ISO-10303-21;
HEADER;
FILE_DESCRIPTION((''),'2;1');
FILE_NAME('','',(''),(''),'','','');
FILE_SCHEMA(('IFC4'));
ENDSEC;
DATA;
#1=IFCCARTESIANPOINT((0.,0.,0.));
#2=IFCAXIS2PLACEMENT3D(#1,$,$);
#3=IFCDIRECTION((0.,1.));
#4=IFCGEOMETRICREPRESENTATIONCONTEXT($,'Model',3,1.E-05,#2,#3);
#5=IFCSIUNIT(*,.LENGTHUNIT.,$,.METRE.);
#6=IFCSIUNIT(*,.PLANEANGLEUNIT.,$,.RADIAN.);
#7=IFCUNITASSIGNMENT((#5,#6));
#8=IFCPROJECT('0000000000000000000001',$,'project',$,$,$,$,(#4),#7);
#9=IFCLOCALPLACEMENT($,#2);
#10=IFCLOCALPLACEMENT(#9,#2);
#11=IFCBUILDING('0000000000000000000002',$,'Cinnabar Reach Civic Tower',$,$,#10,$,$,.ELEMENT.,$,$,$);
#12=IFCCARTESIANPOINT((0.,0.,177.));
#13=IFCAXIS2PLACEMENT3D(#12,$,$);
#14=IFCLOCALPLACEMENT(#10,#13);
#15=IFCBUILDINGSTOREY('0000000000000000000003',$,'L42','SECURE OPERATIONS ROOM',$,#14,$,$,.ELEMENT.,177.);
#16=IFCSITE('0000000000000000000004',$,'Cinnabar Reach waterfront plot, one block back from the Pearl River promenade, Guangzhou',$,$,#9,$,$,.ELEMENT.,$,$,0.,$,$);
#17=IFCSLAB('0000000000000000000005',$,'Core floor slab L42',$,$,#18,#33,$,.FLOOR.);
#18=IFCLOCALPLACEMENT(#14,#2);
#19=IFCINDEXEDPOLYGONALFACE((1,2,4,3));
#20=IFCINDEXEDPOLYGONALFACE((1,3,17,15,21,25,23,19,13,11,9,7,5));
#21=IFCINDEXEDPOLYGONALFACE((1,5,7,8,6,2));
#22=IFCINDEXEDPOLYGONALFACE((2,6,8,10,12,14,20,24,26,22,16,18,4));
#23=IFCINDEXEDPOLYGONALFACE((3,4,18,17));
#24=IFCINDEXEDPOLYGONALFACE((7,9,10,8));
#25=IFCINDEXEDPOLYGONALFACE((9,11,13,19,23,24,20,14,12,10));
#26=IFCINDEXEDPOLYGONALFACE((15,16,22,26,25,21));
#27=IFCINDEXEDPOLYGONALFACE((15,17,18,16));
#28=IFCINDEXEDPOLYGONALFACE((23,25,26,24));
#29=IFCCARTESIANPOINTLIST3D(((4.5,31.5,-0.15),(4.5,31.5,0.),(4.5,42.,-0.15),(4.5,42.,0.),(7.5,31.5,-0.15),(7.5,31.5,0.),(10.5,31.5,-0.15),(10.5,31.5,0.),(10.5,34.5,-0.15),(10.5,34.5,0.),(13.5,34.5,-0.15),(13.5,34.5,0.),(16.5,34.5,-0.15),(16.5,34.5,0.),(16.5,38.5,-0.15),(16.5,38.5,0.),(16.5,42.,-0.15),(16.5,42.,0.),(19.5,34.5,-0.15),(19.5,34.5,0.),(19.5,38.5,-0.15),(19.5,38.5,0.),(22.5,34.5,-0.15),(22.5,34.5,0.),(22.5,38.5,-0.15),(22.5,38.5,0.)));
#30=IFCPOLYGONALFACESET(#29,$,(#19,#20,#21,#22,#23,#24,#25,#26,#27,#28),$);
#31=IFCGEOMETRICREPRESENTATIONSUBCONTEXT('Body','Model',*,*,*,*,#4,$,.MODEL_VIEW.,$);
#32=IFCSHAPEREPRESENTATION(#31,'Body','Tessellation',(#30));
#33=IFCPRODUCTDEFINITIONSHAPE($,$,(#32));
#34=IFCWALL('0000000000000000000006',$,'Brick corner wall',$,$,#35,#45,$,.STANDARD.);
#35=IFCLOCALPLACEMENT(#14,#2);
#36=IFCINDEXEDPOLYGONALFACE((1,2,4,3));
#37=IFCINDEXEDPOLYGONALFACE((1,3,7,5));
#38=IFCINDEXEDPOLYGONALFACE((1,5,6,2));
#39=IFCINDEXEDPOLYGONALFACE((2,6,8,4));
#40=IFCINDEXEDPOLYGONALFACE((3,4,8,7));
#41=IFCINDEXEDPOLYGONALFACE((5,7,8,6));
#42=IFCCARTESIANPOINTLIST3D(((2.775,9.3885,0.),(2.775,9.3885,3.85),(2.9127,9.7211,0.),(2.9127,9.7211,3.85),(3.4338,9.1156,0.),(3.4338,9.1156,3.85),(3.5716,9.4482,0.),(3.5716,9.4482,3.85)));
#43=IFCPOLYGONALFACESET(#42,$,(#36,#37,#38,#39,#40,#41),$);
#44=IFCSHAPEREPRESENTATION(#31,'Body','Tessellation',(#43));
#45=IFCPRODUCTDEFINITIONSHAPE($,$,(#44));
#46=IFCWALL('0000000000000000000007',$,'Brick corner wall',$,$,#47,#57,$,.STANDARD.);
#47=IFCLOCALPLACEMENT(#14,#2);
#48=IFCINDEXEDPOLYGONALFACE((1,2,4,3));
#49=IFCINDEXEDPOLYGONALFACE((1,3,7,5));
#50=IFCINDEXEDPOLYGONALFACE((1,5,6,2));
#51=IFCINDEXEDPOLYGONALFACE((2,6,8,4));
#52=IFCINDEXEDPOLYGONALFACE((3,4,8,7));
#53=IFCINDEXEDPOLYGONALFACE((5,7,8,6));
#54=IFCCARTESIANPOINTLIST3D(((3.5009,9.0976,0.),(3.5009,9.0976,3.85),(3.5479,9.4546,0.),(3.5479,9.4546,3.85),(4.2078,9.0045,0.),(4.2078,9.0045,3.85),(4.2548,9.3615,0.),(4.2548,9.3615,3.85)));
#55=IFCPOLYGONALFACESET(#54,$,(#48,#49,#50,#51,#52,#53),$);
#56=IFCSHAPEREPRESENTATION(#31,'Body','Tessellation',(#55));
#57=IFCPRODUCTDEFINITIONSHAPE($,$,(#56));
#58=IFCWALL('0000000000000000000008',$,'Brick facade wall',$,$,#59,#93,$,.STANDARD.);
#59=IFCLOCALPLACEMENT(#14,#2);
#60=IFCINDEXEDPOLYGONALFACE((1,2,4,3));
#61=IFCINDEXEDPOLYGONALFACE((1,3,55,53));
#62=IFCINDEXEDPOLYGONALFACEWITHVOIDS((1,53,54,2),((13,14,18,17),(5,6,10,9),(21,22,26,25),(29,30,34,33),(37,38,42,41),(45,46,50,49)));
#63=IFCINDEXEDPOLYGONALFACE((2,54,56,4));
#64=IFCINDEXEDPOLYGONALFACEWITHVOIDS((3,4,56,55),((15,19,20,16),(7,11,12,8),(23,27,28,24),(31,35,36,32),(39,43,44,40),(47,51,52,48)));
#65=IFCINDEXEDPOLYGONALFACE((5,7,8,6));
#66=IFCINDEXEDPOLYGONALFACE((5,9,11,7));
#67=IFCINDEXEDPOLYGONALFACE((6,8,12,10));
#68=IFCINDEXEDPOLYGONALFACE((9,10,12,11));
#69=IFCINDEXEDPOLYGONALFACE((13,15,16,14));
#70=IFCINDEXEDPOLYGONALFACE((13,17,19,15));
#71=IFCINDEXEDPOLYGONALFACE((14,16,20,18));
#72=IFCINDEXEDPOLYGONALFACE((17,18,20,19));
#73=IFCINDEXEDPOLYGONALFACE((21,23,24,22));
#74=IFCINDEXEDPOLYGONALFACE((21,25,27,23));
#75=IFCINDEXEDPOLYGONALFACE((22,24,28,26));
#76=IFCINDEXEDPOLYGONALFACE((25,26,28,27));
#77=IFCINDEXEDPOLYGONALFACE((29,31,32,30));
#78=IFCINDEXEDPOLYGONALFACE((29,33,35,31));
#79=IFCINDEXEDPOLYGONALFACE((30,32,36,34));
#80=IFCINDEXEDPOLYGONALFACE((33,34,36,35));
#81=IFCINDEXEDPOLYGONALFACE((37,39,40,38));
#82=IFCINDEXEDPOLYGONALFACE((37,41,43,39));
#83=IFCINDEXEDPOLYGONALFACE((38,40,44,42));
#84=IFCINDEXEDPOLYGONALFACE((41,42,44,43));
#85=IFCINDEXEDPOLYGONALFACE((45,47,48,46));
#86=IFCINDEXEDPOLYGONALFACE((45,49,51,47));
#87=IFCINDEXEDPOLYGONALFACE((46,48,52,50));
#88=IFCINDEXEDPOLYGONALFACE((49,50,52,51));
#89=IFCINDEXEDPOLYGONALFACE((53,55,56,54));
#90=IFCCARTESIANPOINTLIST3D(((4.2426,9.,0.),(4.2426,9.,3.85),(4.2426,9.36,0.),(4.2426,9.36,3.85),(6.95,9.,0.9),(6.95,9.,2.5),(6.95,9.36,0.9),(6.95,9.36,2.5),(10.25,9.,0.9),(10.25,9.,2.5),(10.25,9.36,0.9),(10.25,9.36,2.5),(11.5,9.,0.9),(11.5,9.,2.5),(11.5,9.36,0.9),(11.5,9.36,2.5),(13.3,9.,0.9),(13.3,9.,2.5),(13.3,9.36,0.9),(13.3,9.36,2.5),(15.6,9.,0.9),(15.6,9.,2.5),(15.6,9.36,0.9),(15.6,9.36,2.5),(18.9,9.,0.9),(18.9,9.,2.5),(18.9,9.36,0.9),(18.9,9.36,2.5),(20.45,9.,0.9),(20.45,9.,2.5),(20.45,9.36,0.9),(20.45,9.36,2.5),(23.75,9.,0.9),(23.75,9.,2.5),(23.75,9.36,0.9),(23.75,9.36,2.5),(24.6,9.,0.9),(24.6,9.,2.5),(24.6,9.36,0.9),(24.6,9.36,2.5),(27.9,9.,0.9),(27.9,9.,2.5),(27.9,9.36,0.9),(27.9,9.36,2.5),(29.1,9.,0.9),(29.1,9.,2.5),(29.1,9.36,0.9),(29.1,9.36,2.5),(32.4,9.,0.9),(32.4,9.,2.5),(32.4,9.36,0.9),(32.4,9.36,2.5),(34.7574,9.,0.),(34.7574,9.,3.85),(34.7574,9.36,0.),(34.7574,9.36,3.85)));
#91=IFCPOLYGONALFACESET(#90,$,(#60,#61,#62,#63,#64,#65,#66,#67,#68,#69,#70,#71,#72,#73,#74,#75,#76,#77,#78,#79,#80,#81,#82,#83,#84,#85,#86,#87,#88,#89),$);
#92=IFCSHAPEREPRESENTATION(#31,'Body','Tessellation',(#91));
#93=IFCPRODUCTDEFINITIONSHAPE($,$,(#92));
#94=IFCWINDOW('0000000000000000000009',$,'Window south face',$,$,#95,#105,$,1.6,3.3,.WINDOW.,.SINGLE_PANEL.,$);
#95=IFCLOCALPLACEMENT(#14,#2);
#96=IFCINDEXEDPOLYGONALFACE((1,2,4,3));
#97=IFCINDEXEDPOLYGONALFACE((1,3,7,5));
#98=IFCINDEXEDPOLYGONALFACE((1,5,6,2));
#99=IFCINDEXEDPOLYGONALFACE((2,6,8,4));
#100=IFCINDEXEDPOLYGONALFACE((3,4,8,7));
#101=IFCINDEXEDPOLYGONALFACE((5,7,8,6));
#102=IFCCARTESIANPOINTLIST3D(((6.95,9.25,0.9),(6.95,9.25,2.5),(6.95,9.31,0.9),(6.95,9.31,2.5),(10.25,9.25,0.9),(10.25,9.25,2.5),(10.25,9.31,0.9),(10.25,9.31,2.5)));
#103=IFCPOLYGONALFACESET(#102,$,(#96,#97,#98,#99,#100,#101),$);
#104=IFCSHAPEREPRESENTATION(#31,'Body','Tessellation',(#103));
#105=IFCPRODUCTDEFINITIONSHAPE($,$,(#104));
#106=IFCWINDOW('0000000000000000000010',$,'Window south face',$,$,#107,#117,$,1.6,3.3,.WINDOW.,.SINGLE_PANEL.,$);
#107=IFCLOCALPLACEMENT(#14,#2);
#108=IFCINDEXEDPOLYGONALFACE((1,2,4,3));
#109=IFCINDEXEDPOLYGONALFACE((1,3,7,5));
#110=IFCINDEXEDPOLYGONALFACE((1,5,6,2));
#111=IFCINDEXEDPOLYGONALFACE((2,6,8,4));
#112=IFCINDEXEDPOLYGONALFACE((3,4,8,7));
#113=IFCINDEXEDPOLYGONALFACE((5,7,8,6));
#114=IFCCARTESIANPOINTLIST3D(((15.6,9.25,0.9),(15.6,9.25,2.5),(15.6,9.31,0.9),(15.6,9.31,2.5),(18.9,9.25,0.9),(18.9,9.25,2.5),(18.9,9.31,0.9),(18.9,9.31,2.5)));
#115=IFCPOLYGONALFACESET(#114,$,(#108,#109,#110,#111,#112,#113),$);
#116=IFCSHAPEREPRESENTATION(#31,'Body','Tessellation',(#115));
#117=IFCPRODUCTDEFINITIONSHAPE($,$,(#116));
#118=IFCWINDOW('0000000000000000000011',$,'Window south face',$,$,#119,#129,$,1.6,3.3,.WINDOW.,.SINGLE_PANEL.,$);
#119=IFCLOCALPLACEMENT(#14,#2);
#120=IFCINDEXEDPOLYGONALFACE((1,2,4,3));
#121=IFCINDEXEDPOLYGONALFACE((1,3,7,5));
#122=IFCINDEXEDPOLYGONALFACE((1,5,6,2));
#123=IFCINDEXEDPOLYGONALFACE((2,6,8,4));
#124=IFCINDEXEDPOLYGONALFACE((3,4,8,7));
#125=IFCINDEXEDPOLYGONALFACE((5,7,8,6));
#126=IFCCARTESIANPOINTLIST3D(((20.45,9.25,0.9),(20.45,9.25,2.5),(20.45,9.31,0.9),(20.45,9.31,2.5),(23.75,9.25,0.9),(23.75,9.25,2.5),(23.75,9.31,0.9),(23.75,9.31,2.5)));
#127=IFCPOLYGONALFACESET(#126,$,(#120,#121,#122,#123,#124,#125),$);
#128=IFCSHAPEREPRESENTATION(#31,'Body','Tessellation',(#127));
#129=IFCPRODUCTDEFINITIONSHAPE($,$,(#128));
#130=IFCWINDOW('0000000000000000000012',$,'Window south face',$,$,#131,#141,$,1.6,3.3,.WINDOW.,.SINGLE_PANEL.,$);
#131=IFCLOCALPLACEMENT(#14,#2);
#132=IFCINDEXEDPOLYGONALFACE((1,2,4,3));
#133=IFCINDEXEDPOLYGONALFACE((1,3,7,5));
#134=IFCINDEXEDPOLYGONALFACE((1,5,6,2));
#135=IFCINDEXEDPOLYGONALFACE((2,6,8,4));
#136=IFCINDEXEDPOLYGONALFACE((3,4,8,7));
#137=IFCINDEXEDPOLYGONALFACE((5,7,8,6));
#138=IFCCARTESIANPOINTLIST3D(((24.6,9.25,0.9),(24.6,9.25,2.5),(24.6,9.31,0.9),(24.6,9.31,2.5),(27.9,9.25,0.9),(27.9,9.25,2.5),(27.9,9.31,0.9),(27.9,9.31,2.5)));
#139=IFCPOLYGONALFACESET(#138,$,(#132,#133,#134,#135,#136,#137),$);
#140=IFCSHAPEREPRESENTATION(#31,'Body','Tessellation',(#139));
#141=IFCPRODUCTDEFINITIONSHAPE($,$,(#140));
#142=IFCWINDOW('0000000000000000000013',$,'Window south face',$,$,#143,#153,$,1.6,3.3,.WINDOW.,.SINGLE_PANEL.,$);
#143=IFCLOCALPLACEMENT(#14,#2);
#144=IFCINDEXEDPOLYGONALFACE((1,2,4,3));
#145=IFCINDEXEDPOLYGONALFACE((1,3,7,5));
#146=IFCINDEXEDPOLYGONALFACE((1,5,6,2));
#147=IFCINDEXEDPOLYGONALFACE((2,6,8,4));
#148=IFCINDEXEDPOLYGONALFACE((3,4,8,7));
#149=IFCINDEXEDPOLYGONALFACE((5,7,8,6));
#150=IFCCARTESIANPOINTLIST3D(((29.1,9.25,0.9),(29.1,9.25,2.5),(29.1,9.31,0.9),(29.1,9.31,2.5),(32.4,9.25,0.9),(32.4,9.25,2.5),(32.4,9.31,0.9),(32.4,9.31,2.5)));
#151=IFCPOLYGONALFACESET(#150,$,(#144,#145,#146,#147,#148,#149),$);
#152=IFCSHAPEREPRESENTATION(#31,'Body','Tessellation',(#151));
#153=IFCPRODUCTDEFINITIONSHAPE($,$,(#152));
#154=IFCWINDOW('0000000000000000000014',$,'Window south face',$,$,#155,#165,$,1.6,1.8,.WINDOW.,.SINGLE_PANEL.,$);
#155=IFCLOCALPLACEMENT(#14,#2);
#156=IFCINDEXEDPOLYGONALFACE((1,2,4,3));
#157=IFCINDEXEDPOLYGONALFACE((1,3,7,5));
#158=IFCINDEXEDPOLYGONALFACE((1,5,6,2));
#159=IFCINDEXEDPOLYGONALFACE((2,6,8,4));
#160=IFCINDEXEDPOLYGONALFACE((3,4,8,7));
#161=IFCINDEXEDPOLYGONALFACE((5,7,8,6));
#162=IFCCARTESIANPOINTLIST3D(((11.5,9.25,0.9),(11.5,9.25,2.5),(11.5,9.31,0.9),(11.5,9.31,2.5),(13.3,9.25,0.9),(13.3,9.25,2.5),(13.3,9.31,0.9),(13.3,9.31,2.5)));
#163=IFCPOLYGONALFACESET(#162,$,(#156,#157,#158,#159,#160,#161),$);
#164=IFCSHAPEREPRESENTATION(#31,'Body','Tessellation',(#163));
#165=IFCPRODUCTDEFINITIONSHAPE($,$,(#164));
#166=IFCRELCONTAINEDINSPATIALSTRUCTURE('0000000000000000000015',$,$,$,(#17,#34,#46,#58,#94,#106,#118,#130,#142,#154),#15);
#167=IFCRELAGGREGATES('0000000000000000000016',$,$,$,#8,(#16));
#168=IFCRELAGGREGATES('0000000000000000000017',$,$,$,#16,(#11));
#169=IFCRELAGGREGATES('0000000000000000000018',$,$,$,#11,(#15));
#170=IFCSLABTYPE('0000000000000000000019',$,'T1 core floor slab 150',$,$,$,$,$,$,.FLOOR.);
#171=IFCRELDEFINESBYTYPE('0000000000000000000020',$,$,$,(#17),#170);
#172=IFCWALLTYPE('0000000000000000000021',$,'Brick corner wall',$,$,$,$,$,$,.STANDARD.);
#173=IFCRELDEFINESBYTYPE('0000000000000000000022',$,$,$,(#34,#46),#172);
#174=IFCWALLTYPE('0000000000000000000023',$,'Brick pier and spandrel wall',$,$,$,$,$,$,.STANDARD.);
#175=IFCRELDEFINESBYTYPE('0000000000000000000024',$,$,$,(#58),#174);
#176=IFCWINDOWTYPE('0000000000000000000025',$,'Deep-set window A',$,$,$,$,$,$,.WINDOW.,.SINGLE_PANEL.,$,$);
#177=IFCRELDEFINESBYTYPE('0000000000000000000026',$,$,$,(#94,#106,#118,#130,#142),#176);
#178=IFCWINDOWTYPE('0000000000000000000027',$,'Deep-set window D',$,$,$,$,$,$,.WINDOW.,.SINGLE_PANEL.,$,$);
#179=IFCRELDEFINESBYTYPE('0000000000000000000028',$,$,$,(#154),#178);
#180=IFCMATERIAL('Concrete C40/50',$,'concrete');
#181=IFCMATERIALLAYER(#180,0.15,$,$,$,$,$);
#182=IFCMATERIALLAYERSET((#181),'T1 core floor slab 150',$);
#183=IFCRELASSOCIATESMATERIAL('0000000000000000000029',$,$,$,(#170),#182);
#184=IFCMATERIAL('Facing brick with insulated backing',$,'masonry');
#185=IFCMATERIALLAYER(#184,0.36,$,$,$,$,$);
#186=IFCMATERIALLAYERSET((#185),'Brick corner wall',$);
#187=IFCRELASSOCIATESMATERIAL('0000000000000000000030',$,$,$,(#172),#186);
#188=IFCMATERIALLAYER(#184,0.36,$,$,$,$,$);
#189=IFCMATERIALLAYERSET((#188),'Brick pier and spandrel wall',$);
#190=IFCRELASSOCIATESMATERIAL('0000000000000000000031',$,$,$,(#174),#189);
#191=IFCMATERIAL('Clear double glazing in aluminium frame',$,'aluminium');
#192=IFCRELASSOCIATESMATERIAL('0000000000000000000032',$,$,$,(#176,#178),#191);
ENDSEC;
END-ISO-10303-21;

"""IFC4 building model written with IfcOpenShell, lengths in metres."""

from ifc_helpers import new_model, si_unit, direction, frame, frame_2d, origin, place, context, subcontext, project, spatial, polyline, rectangle, outline, extrude, material, layer, layer_set, type_object, element, fill, save


model = new_model("IFC4")

# Units and contexts
model_context = context("Model", 3, precision=1e-05, world=origin(), true_north=direction((0.0, 1.0)))
body_context = subcontext(model_context, "Body", "Model", "MODEL_VIEW")
ifc_project = project(units=[si_unit("LENGTHUNIT", "METRE"), si_unit("PLANEANGLEUNIT", "RADIAN")], contexts=[model_context])

# Site, building, storey
site_placement = place(None, origin())
site = spatial("IfcSite", under=ifc_project, at=site_placement, Name="Cinnabar Reach waterfront plot, one block back from the Pearl River promenade, Guangzhou", CompositionType="ELEMENT", RefElevation=0.0)
building_placement = place(site_placement, origin())
building = spatial("IfcBuilding", under=site, at=building_placement, Name="Cinnabar Reach Civic Tower", CompositionType="ELEMENT")
storey_placement = place(building_placement, frame((0.0, 0.0, 177.0)))
storey = spatial("IfcBuildingStorey", under=building, at=storey_placement, Name="L42", Description="SECURE OPERATIONS ROOM", CompositionType="ELEMENT", Elevation=177.0)

# Shared definitions
ifc_material_1 = material(Name="Concrete C40/50", Category="concrete")

# Slab
ifc_layer_1 = layer(ifc_material_1, 0.15)
ifc_layer_set_1 = layer_set([ifc_layer_1], Name="T1 core floor slab 150")
slab_type_1 = type_object("IfcSlabType", Name="T1 core floor slab 150", PredefinedType="FLOOR", material=ifc_layer_set_1)
slab_1_placement = place(storey_placement, frame((0.0, 0.0, -0.15)))
element("IfcSlab", 1, at=slab_1_placement, inside=storey, type_object=slab_type_1, Name="Core floor slab L42", PredefinedType="FLOOR", context=body_context, shape_type="SweptSolid", body=[
    extrude(outline(polyline([(22.5, 34.5), (19.5, 34.5), (16.5, 34.5), (13.5, 34.5), (10.5, 34.5), (10.5, 31.5), (7.5, 31.5), (4.5, 31.5), (4.5, 42.0), (16.5, 42.0), (16.5, 38.5), (19.5, 38.5), (22.5, 38.5), (22.5, 34.5)])), origin(), (0.0, 0.0, 1.0), 0.15),
])

# Walls
ifc_material_2 = material(Name="Facing brick with insulated backing", Category="masonry")
ifc_layer_2 = layer(ifc_material_2, 0.36)
ifc_layer_set_2 = layer_set([ifc_layer_2], Name="Brick corner wall")
wall_type_1 = type_object("IfcWallType", Name="Brick corner wall", PredefinedType="STANDARD", material=ifc_layer_set_2)
for number, where, z_axis, x_axis, name in (
    (2, (2.8439, 9.5548, 0.0), (0.0, 0.0, 1.0), (0.923872, -0.382703, 0.0), "Brick corner wall"),
    (3, (3.5244, 9.2761, 0.0), (0.0, 0.0, 1.0), (0.991441, -0.130556, 0.0), "Brick corner wall"),
):
    element("IfcWall", number, at=place(storey_placement, frame(where, z_axis=z_axis, x_axis=x_axis)), inside=storey, type_object=wall_type_1, Name=name, PredefinedType="STANDARD", context=body_context, shape_type="SweptSolid", body=[
        extrude(rectangle(XDim=0.7131, YDim=0.36, at=frame_2d((0.3565, 0.0))), origin(), (0.0, 0.0, 1.0), 3.85),
    ])

# Wall, openings, windows
ifc_layer_3 = layer(ifc_material_2, 0.36)
ifc_layer_set_3 = layer_set([ifc_layer_3], Name="Brick pier and spandrel wall")
wall_type_2 = type_object("IfcWallType", Name="Brick pier and spandrel wall", PredefinedType="STANDARD", material=ifc_layer_set_3)
wall_1_placement = place(storey_placement, frame((4.2426, 9.18, 0.0), z_axis=(0.0, 0.0, 1.0), x_axis=(1.0, 0.0, 0.0)))
wall_1 = element("IfcWall", 4, at=wall_1_placement, inside=storey, type_object=wall_type_2, Name="Brick facade wall", PredefinedType="STANDARD", context=body_context, shape_type="SweptSolid", body=[
    extrude(rectangle(XDim=30.5148, YDim=0.36, at=frame_2d((15.2574, 0.0))), origin(), (0.0, 0.0, 1.0), 3.85),
])
opening_1_placement = place(wall_1_placement, frame((2.7074, 0.0, 0.9)))
opening_1 = element("IfcOpeningElement", 5, at=opening_1_placement, cuts=wall_1, PredefinedType="OPENING", context=body_context, shape_type="SweptSolid", body=[
    extrude(rectangle(XDim=3.3, YDim=1.6, at=frame_2d((1.65, 0.8))), frame((0.0, 0.19, 0.0), z_axis=(0.0, -1.0, 0.0), x_axis=(1.0, 0.0, 0.0)), (0.0, 0.0, 1.0), 0.38),
])
opening_2_placement = place(wall_1_placement, frame((7.2574, 0.0, 0.9)))
opening_2 = element("IfcOpeningElement", 6, at=opening_2_placement, cuts=wall_1, PredefinedType="OPENING", context=body_context, shape_type="SweptSolid", body=[
    extrude(rectangle(XDim=1.8, YDim=1.6, at=frame_2d((0.9, 0.8))), frame((0.0, 0.19, 0.0), z_axis=(0.0, -1.0, 0.0), x_axis=(1.0, 0.0, 0.0)), (0.0, 0.0, 1.0), 0.38),
])
opening_3_placement = place(wall_1_placement, frame((11.3574, 0.0, 0.9)))
opening_3 = element("IfcOpeningElement", 7, at=opening_3_placement, cuts=wall_1, PredefinedType="OPENING", context=body_context, shape_type="SweptSolid", body=[
    extrude(rectangle(XDim=3.3, YDim=1.6, at=frame_2d((1.65, 0.8))), frame((0.0, 0.19, 0.0), z_axis=(0.0, -1.0, 0.0), x_axis=(1.0, 0.0, 0.0)), (0.0, 0.0, 1.0), 0.38),
])
opening_4_placement = place(wall_1_placement, frame((16.2074, 0.0, 0.9)))
opening_4 = element("IfcOpeningElement", 8, at=opening_4_placement, cuts=wall_1, PredefinedType="OPENING", context=body_context, shape_type="SweptSolid", body=[
    extrude(rectangle(XDim=3.3, YDim=1.6, at=frame_2d((1.65, 0.8))), frame((0.0, 0.19, 0.0), z_axis=(0.0, -1.0, 0.0), x_axis=(1.0, 0.0, 0.0)), (0.0, 0.0, 1.0), 0.38),
])
opening_5_placement = place(wall_1_placement, frame((20.3574, 0.0, 0.9)))
opening_5 = element("IfcOpeningElement", 9, at=opening_5_placement, cuts=wall_1, PredefinedType="OPENING", context=body_context, shape_type="SweptSolid", body=[
    extrude(rectangle(XDim=3.3, YDim=1.6, at=frame_2d((1.65, 0.8))), frame((0.0, 0.19, 0.0), z_axis=(0.0, -1.0, 0.0), x_axis=(1.0, 0.0, 0.0)), (0.0, 0.0, 1.0), 0.38),
])
opening_6_placement = place(wall_1_placement, frame((24.8574, 0.0, 0.9)))
opening_6 = element("IfcOpeningElement", 10, at=opening_6_placement, cuts=wall_1, PredefinedType="OPENING", context=body_context, shape_type="SweptSolid", body=[
    extrude(rectangle(XDim=3.3, YDim=1.6, at=frame_2d((1.65, 0.8))), frame((0.0, 0.19, 0.0), z_axis=(0.0, -1.0, 0.0), x_axis=(1.0, 0.0, 0.0)), (0.0, 0.0, 1.0), 0.38),
])
ifc_material_3 = material(Name="Clear double glazing in aluminium frame", Category="aluminium")
window_type_1 = type_object("IfcWindowType", Name="Deep-set window A", PartitioningType="SINGLE_PANEL", PredefinedType="WINDOW", material=ifc_material_3)
window_1_placement = place(opening_1_placement, origin())
window_1 = element("IfcWindow", 11, at=window_1_placement, inside=storey, type_object=window_type_1, Name="Window south face", OverallHeight=1.6, OverallWidth=3.3, PartitioningType="SINGLE_PANEL", PredefinedType="WINDOW", context=body_context, shape_type="SweptSolid", body=[
    extrude(rectangle(XDim=3.3, YDim=1.6, at=frame_2d((1.65, 0.8))), frame((0.0, 0.13, 0.0), z_axis=(0.0, -1.0, 0.0), x_axis=(1.0, 0.0, 0.0)), (0.0, 0.0, 1.0), 0.06),
])
fill(opening_1, window_1)
window_2_placement = place(opening_3_placement, origin())
window_2 = element("IfcWindow", 12, at=window_2_placement, inside=storey, type_object=window_type_1, Name="Window south face", OverallHeight=1.6, OverallWidth=3.3, PartitioningType="SINGLE_PANEL", PredefinedType="WINDOW", context=body_context, shape_type="SweptSolid", body=[
    extrude(rectangle(XDim=3.3, YDim=1.6, at=frame_2d((1.65, 0.8))), frame((0.0, 0.13, 0.0), z_axis=(0.0, -1.0, 0.0), x_axis=(1.0, 0.0, 0.0)), (0.0, 0.0, 1.0), 0.06),
])
fill(opening_3, window_2)
window_3_placement = place(opening_4_placement, origin())
window_3 = element("IfcWindow", 13, at=window_3_placement, inside=storey, type_object=window_type_1, Name="Window south face", OverallHeight=1.6, OverallWidth=3.3, PartitioningType="SINGLE_PANEL", PredefinedType="WINDOW", context=body_context, shape_type="SweptSolid", body=[
    extrude(rectangle(XDim=3.3, YDim=1.6, at=frame_2d((1.65, 0.8))), frame((0.0, 0.13, 0.0), z_axis=(0.0, -1.0, 0.0), x_axis=(1.0, 0.0, 0.0)), (0.0, 0.0, 1.0), 0.06),
])
fill(opening_4, window_3)
window_4_placement = place(opening_5_placement, origin())
window_4 = element("IfcWindow", 14, at=window_4_placement, inside=storey, type_object=window_type_1, Name="Window south face", OverallHeight=1.6, OverallWidth=3.3, PartitioningType="SINGLE_PANEL", PredefinedType="WINDOW", context=body_context, shape_type="SweptSolid", body=[
    extrude(rectangle(XDim=3.3, YDim=1.6, at=frame_2d((1.65, 0.8))), frame((0.0, 0.13, 0.0), z_axis=(0.0, -1.0, 0.0), x_axis=(1.0, 0.0, 0.0)), (0.0, 0.0, 1.0), 0.06),
])
fill(opening_5, window_4)
window_5_placement = place(opening_6_placement, origin())
window_5 = element("IfcWindow", 15, at=window_5_placement, inside=storey, type_object=window_type_1, Name="Window south face", OverallHeight=1.6, OverallWidth=3.3, PartitioningType="SINGLE_PANEL", PredefinedType="WINDOW", context=body_context, shape_type="SweptSolid", body=[
    extrude(rectangle(XDim=3.3, YDim=1.6, at=frame_2d((1.65, 0.8))), frame((0.0, 0.13, 0.0), z_axis=(0.0, -1.0, 0.0), x_axis=(1.0, 0.0, 0.0)), (0.0, 0.0, 1.0), 0.06),
])
fill(opening_6, window_5)
window_type_2 = type_object("IfcWindowType", Name="Deep-set window D", PartitioningType="SINGLE_PANEL", PredefinedType="WINDOW", material=ifc_material_3)
window_6_placement = place(opening_2_placement, origin())
window_6 = element("IfcWindow", 16, at=window_6_placement, inside=storey, type_object=window_type_2, Name="Window south face", OverallHeight=1.6, OverallWidth=1.8, PartitioningType="SINGLE_PANEL", PredefinedType="WINDOW", context=body_context, shape_type="SweptSolid", body=[
    extrude(rectangle(XDim=1.8, YDim=1.6, at=frame_2d((0.9, 0.8))), frame((0.0, 0.13, 0.0), z_axis=(0.0, -1.0, 0.0), x_axis=(1.0, 0.0, 0.0)), (0.0, 0.0, 1.0), 0.06),
])
fill(opening_2, window_6)

save(model, "model.ifc")
